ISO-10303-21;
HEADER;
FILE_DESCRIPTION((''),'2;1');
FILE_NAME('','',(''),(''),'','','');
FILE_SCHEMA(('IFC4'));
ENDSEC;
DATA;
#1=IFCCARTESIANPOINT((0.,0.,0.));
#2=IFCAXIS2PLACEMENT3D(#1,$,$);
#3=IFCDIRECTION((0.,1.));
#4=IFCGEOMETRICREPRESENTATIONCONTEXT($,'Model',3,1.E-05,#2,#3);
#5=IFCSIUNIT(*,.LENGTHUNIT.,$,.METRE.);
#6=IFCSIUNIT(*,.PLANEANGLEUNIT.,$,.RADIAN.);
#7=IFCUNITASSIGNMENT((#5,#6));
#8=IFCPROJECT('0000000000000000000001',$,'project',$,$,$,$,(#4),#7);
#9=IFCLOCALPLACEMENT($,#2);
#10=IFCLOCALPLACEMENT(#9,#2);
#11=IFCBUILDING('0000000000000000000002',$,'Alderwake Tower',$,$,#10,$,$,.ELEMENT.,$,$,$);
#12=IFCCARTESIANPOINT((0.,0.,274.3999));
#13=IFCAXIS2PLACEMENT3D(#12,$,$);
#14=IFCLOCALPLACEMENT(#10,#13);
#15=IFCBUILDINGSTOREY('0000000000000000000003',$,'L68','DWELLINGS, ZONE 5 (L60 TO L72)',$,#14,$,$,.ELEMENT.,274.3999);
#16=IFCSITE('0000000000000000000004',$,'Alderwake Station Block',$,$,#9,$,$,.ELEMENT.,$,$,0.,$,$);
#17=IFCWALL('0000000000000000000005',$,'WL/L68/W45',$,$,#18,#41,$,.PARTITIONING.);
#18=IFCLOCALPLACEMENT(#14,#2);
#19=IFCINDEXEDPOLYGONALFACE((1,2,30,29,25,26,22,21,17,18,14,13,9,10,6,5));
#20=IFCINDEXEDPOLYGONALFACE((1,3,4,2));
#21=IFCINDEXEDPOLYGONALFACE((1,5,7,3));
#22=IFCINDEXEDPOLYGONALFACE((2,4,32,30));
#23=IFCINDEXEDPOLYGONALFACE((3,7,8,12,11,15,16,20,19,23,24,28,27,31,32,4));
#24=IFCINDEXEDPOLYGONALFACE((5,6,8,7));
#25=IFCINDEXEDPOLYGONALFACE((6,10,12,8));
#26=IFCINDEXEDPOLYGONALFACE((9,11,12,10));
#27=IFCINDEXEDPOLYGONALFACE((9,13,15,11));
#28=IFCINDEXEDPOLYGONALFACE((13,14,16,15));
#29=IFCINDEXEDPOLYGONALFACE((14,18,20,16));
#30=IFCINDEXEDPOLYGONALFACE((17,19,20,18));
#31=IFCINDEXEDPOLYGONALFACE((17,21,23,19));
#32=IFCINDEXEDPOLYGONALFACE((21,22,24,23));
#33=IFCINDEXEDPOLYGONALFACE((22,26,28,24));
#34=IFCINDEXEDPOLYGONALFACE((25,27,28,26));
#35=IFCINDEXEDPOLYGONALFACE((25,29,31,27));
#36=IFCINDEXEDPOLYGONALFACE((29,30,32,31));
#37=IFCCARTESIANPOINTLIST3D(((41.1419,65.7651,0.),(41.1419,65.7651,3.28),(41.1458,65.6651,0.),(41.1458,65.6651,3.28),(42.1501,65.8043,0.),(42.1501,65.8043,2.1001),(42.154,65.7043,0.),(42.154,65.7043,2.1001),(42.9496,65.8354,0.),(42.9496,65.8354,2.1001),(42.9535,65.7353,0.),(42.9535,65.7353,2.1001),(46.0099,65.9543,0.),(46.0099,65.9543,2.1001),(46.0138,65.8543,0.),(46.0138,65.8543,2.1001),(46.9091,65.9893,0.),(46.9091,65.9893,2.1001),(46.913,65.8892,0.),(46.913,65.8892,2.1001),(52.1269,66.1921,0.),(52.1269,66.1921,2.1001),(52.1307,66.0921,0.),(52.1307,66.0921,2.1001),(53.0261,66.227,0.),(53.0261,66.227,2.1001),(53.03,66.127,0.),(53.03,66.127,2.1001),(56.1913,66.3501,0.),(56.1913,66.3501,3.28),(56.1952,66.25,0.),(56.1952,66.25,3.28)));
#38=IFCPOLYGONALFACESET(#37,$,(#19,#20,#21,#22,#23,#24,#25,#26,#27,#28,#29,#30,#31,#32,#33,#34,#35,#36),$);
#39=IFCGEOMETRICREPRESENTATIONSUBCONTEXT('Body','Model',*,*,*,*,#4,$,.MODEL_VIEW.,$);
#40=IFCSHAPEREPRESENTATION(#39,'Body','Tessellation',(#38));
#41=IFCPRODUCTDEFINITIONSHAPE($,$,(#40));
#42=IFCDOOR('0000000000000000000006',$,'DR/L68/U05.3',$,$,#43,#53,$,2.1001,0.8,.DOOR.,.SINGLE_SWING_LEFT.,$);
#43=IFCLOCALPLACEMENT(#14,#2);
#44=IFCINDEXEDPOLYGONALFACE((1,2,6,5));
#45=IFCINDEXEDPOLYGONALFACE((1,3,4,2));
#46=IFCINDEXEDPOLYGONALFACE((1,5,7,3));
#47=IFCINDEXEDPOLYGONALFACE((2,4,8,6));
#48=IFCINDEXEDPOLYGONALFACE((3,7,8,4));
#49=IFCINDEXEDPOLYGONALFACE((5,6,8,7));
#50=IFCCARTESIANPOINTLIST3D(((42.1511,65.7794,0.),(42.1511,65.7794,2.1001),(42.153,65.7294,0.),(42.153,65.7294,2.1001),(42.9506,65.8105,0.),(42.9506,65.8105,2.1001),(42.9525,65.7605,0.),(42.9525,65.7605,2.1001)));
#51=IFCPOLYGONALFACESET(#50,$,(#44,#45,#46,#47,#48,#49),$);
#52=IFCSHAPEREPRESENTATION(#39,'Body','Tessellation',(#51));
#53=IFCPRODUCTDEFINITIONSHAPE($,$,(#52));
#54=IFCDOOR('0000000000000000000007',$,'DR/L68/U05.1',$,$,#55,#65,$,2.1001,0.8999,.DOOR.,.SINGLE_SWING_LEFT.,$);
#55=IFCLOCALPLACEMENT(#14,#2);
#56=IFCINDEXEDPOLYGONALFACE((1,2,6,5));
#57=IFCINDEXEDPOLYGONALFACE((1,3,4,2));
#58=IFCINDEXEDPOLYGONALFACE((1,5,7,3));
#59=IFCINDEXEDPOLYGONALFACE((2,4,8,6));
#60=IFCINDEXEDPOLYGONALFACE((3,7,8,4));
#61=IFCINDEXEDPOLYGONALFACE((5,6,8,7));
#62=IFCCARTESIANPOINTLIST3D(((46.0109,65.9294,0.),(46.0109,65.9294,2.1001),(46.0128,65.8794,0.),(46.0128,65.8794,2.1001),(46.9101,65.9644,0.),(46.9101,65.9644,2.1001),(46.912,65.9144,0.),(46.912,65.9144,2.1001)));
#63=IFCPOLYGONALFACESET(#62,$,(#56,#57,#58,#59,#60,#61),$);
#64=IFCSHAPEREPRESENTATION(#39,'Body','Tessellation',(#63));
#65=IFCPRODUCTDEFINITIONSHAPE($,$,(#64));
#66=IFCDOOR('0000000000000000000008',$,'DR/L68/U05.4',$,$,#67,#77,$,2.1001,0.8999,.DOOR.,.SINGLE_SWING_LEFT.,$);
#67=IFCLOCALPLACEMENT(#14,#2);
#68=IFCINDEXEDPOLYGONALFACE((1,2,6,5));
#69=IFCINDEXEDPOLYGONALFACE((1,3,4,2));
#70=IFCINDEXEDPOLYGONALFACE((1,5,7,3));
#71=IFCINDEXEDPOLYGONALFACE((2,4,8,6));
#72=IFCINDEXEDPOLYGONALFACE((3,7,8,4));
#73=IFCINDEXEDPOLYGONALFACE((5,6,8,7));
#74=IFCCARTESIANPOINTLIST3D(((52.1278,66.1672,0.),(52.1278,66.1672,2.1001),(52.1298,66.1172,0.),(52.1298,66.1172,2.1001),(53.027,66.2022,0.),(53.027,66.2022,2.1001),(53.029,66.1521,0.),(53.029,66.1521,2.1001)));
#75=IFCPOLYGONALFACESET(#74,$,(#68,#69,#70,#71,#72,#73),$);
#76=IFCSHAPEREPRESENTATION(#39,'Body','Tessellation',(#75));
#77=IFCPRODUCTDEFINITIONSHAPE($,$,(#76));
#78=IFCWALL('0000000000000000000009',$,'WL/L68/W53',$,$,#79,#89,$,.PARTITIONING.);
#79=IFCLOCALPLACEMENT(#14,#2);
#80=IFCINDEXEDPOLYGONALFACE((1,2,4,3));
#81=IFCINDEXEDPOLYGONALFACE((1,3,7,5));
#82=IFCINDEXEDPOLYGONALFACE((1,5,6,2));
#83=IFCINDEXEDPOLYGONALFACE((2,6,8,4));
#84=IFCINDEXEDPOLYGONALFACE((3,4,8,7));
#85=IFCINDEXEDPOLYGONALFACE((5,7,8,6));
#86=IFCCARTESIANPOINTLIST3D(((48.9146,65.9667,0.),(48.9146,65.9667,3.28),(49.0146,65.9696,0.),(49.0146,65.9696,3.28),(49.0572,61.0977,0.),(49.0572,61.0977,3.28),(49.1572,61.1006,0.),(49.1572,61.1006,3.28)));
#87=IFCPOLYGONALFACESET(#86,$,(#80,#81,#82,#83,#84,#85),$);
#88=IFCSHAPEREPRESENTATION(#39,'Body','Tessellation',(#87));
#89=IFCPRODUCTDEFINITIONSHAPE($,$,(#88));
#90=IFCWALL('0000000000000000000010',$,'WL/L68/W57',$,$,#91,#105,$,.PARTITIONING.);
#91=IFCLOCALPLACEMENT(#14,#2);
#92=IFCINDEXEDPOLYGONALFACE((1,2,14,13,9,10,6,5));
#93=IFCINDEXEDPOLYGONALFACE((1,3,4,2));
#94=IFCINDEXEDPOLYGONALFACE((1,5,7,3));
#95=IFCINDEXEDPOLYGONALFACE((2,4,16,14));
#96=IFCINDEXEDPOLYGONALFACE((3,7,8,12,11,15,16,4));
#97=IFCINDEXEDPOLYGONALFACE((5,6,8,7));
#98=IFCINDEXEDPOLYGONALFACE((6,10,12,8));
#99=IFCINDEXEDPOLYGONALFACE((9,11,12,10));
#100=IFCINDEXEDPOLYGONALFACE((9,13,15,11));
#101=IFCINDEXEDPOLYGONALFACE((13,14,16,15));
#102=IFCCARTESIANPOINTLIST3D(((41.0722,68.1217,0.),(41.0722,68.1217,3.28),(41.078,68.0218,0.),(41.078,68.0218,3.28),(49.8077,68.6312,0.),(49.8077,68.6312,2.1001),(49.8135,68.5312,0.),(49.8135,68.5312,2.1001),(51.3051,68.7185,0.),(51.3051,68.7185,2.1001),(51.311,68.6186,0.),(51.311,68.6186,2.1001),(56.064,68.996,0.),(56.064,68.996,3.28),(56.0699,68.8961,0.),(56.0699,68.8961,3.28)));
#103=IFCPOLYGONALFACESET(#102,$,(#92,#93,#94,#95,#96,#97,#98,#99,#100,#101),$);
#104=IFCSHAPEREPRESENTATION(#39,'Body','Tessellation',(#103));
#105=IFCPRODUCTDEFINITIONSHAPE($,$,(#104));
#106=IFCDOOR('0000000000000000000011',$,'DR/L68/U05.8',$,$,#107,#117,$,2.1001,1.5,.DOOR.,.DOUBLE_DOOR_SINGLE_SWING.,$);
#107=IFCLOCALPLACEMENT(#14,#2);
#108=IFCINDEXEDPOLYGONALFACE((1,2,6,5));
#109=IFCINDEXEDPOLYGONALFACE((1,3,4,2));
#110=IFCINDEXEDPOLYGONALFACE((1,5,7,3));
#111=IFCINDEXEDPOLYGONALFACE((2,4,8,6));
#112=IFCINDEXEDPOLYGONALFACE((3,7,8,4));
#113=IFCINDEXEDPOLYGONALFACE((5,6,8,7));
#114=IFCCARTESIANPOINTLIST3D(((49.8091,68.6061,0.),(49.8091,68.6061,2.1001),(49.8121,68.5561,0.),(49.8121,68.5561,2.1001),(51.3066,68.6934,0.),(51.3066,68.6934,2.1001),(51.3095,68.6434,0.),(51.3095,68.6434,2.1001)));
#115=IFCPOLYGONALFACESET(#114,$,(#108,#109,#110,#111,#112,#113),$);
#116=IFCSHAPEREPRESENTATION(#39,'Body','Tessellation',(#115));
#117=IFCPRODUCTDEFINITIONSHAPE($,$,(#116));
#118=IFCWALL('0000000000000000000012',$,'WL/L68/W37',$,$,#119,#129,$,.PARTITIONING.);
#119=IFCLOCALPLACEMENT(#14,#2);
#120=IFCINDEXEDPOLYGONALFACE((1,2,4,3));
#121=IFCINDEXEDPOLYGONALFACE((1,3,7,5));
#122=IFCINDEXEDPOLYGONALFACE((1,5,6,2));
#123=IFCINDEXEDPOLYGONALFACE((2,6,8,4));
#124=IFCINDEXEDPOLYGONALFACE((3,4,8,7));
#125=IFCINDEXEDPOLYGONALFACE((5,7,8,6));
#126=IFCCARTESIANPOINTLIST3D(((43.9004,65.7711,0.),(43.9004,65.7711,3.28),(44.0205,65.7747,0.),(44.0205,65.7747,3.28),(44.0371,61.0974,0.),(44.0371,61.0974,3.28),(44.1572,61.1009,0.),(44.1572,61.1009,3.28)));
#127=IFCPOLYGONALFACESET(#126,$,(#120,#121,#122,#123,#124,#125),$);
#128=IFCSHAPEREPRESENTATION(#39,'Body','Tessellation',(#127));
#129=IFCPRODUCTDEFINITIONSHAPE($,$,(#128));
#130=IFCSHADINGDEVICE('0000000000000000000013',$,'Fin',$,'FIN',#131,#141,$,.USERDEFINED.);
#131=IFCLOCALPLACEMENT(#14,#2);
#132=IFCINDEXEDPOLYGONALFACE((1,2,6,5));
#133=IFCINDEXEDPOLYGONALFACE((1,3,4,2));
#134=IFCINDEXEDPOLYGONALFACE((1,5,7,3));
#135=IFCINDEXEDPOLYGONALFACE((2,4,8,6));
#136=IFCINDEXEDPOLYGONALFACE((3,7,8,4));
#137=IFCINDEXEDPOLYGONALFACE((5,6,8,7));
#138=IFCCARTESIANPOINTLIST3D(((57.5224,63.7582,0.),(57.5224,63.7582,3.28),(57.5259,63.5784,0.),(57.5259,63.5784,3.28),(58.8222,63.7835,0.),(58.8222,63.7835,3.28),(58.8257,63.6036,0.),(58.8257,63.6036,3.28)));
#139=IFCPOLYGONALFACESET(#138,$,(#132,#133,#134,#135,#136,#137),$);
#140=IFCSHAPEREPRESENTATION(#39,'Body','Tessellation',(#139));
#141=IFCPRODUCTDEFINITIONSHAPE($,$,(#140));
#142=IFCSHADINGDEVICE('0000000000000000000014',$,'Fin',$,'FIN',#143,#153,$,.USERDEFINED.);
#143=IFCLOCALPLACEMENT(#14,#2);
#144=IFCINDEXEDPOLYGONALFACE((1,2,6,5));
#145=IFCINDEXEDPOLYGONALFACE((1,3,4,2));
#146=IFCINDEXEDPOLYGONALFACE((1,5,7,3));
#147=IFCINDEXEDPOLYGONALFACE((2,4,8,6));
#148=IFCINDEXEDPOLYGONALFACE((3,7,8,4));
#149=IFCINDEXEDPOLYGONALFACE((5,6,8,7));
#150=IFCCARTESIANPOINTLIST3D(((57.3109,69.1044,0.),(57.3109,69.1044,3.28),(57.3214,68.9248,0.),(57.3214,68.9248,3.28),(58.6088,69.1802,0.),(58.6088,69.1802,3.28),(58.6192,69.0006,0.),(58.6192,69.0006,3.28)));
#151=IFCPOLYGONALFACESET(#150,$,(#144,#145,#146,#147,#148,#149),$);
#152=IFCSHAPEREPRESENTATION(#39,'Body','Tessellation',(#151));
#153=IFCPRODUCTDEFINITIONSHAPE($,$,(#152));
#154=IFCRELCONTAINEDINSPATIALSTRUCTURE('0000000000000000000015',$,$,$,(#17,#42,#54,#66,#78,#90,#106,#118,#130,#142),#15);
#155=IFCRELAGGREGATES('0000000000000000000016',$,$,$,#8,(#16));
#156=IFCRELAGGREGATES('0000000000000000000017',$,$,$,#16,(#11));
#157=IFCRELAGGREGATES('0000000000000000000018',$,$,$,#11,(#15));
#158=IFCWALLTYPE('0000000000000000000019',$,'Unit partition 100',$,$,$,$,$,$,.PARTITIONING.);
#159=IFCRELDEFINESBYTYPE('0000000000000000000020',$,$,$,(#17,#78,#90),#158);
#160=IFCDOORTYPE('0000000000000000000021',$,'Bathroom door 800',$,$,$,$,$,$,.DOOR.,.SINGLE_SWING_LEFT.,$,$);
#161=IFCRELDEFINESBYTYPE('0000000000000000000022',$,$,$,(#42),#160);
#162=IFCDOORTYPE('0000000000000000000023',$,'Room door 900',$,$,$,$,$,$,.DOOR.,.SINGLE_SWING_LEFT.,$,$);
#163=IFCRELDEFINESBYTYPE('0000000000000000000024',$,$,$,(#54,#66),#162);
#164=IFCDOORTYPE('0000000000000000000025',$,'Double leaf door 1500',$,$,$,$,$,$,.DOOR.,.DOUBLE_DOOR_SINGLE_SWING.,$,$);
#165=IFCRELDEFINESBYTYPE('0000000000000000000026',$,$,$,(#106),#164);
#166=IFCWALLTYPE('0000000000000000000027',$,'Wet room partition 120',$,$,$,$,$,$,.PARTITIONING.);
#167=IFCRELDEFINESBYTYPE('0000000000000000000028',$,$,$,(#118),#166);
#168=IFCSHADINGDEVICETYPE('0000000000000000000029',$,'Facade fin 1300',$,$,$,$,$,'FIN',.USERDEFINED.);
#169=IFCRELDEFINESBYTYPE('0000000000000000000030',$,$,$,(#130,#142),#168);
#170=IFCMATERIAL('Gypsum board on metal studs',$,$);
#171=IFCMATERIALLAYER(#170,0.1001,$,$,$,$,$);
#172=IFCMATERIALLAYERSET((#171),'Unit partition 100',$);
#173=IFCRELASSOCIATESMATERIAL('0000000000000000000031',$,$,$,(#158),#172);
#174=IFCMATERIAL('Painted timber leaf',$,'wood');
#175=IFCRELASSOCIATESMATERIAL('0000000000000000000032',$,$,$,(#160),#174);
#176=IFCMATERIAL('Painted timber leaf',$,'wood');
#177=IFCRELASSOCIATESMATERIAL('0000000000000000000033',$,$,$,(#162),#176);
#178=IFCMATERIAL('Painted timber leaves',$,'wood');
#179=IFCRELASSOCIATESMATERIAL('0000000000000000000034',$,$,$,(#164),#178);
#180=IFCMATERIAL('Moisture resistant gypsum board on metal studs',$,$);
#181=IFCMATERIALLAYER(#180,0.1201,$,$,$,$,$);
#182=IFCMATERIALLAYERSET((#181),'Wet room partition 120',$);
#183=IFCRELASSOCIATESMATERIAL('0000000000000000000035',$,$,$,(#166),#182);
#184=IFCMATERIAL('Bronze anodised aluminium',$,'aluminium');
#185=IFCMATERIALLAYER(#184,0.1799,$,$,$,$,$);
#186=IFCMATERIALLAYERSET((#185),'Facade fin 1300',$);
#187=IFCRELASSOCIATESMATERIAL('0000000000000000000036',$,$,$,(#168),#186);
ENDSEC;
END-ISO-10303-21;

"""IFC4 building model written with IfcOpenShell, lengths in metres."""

from ifc_helpers import new_model, si_unit, direction, frame, frame_2d, origin, origin_2d, place, context, subcontext, project, spatial, rectangle, extrude, material, layer, layer_set, type_object, element, fill, save


model = new_model("IFC4")

# Units and contexts
model_context = context("Model", 3, precision=1e-05, world=origin(), true_north=direction((0.0, 1.0)))
body_context = subcontext(model_context, "Body", "Model", "MODEL_VIEW")
ifc_project = project(units=[si_unit("LENGTHUNIT", "METRE"), si_unit("PLANEANGLEUNIT", "RADIAN")], contexts=[model_context])

# Site, building, storey
site_placement = place(None, origin())
site = spatial("IfcSite", under=ifc_project, at=site_placement, Name="Alderwake Station Block", CompositionType="ELEMENT", RefElevation=0.0)
building_placement = place(site_placement, origin())
building = spatial("IfcBuilding", under=site, at=building_placement, Name="Alderwake Tower", CompositionType="ELEMENT")
storey_placement = place(building_placement, frame((0.0, 0.0, 274.3999)))
storey = spatial("IfcBuildingStorey", under=building, at=storey_placement, Name="L68", Description="DWELLINGS, ZONE 5 (L60 TO L72)", CompositionType="ELEMENT", Elevation=274.3999)

# Wall, openings, doors
ifc_material_1 = material(Name="Gypsum board on metal studs")
ifc_layer_1 = layer(ifc_material_1, 0.1001)
ifc_layer_set_1 = layer_set([ifc_layer_1], Name="Unit partition 100")
wall_type_1 = type_object("IfcWallType", Name="Unit partition 100", PredefinedType="PARTITIONING", material=ifc_layer_set_1)
wall_1_placement = place(storey_placement, frame((56.1931, 66.3, 0.0), z_axis=(0.0, 0.0, 1.0), x_axis=(-0.999245, -0.03884, 0.0)))
wall_1 = element("IfcWall", 1, at=wall_1_placement, inside=storey, type_object=wall_type_1, Name="WL/L68/W45", PredefinedType="PARTITIONING", context=body_context, shape_type="SweptSolid", body=[
    extrude(rectangle(XDim=15.0608, YDim=0.1001, at=frame_2d((7.5303, 0.0))), origin(), (0.0, 0.0, 1.0), 3.28),
])
opening_1_placement = place(wall_1_placement, frame((9.2891, 0.0, 0.0)))
opening_1 = element("IfcOpeningElement", 2, at=opening_1_placement, cuts=wall_1, PredefinedType="OPENING", context=body_context, shape_type="SweptSolid", body=[
    extrude(rectangle(XDim=0.8999, YDim=2.1001, at=frame_2d((0.45, 1.05))), frame((0.0, 0.0601, 0.0), z_axis=(0.0, -1.0, 0.0), x_axis=(1.0, 0.0, 0.0)), (0.0, 0.0, 1.0), 0.1201),
])
opening_2_placement = place(wall_1_placement, frame((13.2517, 0.0, 0.0)))
opening_2 = element("IfcOpeningElement", 3, at=opening_2_placement, cuts=wall_1, PredefinedType="OPENING", context=body_context, shape_type="SweptSolid", body=[
    extrude(rectangle(XDim=0.8, YDim=2.1001, at=frame_2d((0.3999, 1.05))), frame((0.0, 0.0601, 0.0), z_axis=(0.0, -1.0, 0.0), x_axis=(1.0, 0.0, 0.0)), (0.0, 0.0, 1.0), 0.1201),
])
opening_3_placement = place(wall_1_placement, frame((3.1675, 0.0, 0.0)))
opening_3 = element("IfcOpeningElement", 4, at=opening_3_placement, cuts=wall_1, PredefinedType="OPENING", context=body_context, shape_type="SweptSolid", body=[
    extrude(rectangle(XDim=0.8999, YDim=2.1001, at=frame_2d((0.45, 1.05))), frame((0.0, 0.0601, 0.0), z_axis=(0.0, -1.0, 0.0), x_axis=(1.0, 0.0, 0.0)), (0.0, 0.0, 1.0), 0.1201),
])
ifc_material_2 = material(Name="Painted timber leaf", Category="wood")
door_type_1 = type_object("IfcDoorType", Name="Bathroom door 800", OperationType="SINGLE_SWING_LEFT", PredefinedType="DOOR", material=ifc_material_2)
door_1_placement = place(opening_2_placement, origin())
door_1 = element("IfcDoor", 5, at=door_1_placement, inside=storey, type_object=door_type_1, Name="DR/L68/U05.3", OperationType="SINGLE_SWING_LEFT", OverallHeight=2.1001, OverallWidth=0.8, PredefinedType="DOOR", context=body_context, shape_type="SweptSolid", body=[
    extrude(rectangle(XDim=0.8, YDim=2.1001, at=frame_2d((0.3999, 1.05))), frame((0.0, 0.0249, 0.0), z_axis=(0.0, -1.0, 0.0), x_axis=(1.0, 0.0, 0.0)), (0.0, 0.0, 1.0), 0.05),
])
fill(opening_2, door_1)
ifc_material_3 = material(Name="Painted timber leaf", Category="wood")
door_type_2 = type_object("IfcDoorType", Name="Room door 900", OperationType="SINGLE_SWING_LEFT", PredefinedType="DOOR", material=ifc_material_3)
door_2_placement = place(opening_1_placement, origin())
door_2 = element("IfcDoor", 6, at=door_2_placement, inside=storey, type_object=door_type_2, Name="DR/L68/U05.1", OperationType="SINGLE_SWING_LEFT", OverallHeight=2.1001, OverallWidth=0.8999, PredefinedType="DOOR", context=body_context, shape_type="SweptSolid", body=[
    extrude(rectangle(XDim=0.8999, YDim=2.1001, at=frame_2d((0.45, 1.05))), frame((0.0, 0.0249, 0.0), z_axis=(0.0, -1.0, 0.0), x_axis=(1.0, 0.0, 0.0)), (0.0, 0.0, 1.0), 0.05),
])
fill(opening_1, door_2)
door_3_placement = place(opening_3_placement, origin())
door_3 = element("IfcDoor", 7, at=door_3_placement, inside=storey, type_object=door_type_2, Name="DR/L68/U05.4", OperationType="SINGLE_SWING_LEFT", OverallHeight=2.1001, OverallWidth=0.8999, PredefinedType="DOOR", context=body_context, shape_type="SweptSolid", body=[
    extrude(rectangle(XDim=0.8999, YDim=2.1001, at=frame_2d((0.45, 1.05))), frame((0.0, 0.0249, 0.0), z_axis=(0.0, -1.0, 0.0), x_axis=(1.0, 0.0, 0.0)), (0.0, 0.0, 1.0), 0.05),
])
fill(opening_3, door_3)

# Wall
wall_2_placement = place(storey_placement, frame((49.1072, 61.0991, 0.0), z_axis=(0.0, 0.0, 1.0), x_axis=(-0.029271, 0.999572, 0.0)))
element("IfcWall", 8, at=wall_2_placement, inside=storey, type_object=wall_type_1, Name="WL/L68/W53", PredefinedType="PARTITIONING", context=body_context, shape_type="SweptSolid", body=[
    extrude(rectangle(XDim=4.8711, YDim=0.1001, at=frame_2d((2.4355, 0.0))), origin(), (0.0, 0.0, 1.0), 3.28),
])

# Wall, opening, door
wall_3_placement = place(storey_placement, frame((41.075, 68.0718, 0.0), z_axis=(0.0, 0.0, 1.0), x_axis=(0.998304, 0.058217, 0.0)))
wall_3 = element("IfcWall", 9, at=wall_3_placement, inside=storey, type_object=wall_type_1, Name="WL/L68/W57", PredefinedType="PARTITIONING", context=body_context, shape_type="SweptSolid", body=[
    extrude(rectangle(XDim=15.0173, YDim=0.1001, at=frame_2d((7.5088, 0.0))), origin(), (0.0, 0.0, 1.0), 3.28),
])
opening_4_placement = place(wall_3_placement, frame((8.7505, 0.0, 0.0)))
opening_4 = element("IfcOpeningElement", 10, at=opening_4_placement, cuts=wall_3, PredefinedType="OPENING", context=body_context, shape_type="SweptSolid", body=[
    extrude(rectangle(XDim=1.5, YDim=2.1001, at=frame_2d((0.75, 1.05))), frame((0.0, 0.0601, 0.0), z_axis=(0.0, -1.0, 0.0), x_axis=(1.0, 0.0, 0.0)), (0.0, 0.0, 1.0), 0.1201),
])
ifc_material_4 = material(Name="Painted timber leaves", Category="wood")
door_type_3 = type_object("IfcDoorType", Name="Double leaf door 1500", OperationType="DOUBLE_DOOR_SINGLE_SWING", PredefinedType="DOOR", material=ifc_material_4)
door_4_placement = place(opening_4_placement, origin())
door_4 = element("IfcDoor", 11, at=door_4_placement, inside=storey, type_object=door_type_3, Name="DR/L68/U05.8", OperationType="DOUBLE_DOOR_SINGLE_SWING", OverallHeight=2.1001, OverallWidth=1.5, PredefinedType="DOOR", context=body_context, shape_type="SweptSolid", body=[
    extrude(rectangle(XDim=1.5, YDim=2.1001, at=frame_2d((0.75, 1.05))), frame((0.0, 0.0249, 0.0), z_axis=(0.0, -1.0, 0.0), x_axis=(1.0, 0.0, 0.0)), (0.0, 0.0, 1.0), 0.05),
])
fill(opening_4, door_4)

# Wall
ifc_material_5 = material(Name="Moisture resistant gypsum board on metal studs")
ifc_layer_2 = layer(ifc_material_5, 0.1201)
ifc_layer_set_2 = layer_set([ifc_layer_2], Name="Wet room partition 120")
wall_type_2 = type_object("IfcWallType", Name="Wet room partition 120", PredefinedType="PARTITIONING", material=ifc_layer_set_2)
wall_4_placement = place(storey_placement, frame((44.0972, 61.0991, 0.0), z_axis=(0.0, 0.0, 1.0), x_axis=(-0.029239, 0.999572, 0.0)))
element("IfcWall", 12, at=wall_4_placement, inside=storey, type_object=wall_type_2, Name="WL/L68/W37", PredefinedType="PARTITIONING", context=body_context, shape_type="SweptSolid", body=[
    extrude(rectangle(XDim=4.6758, YDim=0.1201, at=frame_2d((2.3379, 0.0))), origin(), (0.0, 0.0, 1.0), 3.28),
])

# Shading devices
ifc_material_6 = material(Name="Bronze anodised aluminium", Category="aluminium")
ifc_layer_3 = layer(ifc_material_6, 0.1799)
ifc_layer_set_3 = layer_set([ifc_layer_3], Name="Facade fin 1300")
shading_device_type = type_object("IfcShadingDeviceType", Name="Facade fin 1300", ElementType="FIN", PredefinedType="USERDEFINED", material=ifc_layer_set_3)
for number, where, z_axis, x_axis, name in (
    (13, (58.1741, 63.6809, 0.0), (0.0, 0.0, 1.0), (0.999812, 0.019398, 0.0), "Fin"),
    (14, (57.9651, 69.0525, 0.0), (0.0, 0.0, 1.0), (0.998301, 0.058266, 0.0), "Fin"),
):
    element("IfcShadingDevice", number, at=place(storey_placement, frame(where, z_axis=z_axis, x_axis=x_axis)), inside=storey, type_object=shading_device_type, Name=name, ObjectType="FIN", PredefinedType="USERDEFINED", context=body_context, shape_type="SweptSolid", body=[
        extrude(rectangle(XDim=1.3, YDim=0.1799, at=origin_2d()), origin(), (0.0, 0.0, 1.0), 3.28),
    ])

save(model, "model.ifc")
